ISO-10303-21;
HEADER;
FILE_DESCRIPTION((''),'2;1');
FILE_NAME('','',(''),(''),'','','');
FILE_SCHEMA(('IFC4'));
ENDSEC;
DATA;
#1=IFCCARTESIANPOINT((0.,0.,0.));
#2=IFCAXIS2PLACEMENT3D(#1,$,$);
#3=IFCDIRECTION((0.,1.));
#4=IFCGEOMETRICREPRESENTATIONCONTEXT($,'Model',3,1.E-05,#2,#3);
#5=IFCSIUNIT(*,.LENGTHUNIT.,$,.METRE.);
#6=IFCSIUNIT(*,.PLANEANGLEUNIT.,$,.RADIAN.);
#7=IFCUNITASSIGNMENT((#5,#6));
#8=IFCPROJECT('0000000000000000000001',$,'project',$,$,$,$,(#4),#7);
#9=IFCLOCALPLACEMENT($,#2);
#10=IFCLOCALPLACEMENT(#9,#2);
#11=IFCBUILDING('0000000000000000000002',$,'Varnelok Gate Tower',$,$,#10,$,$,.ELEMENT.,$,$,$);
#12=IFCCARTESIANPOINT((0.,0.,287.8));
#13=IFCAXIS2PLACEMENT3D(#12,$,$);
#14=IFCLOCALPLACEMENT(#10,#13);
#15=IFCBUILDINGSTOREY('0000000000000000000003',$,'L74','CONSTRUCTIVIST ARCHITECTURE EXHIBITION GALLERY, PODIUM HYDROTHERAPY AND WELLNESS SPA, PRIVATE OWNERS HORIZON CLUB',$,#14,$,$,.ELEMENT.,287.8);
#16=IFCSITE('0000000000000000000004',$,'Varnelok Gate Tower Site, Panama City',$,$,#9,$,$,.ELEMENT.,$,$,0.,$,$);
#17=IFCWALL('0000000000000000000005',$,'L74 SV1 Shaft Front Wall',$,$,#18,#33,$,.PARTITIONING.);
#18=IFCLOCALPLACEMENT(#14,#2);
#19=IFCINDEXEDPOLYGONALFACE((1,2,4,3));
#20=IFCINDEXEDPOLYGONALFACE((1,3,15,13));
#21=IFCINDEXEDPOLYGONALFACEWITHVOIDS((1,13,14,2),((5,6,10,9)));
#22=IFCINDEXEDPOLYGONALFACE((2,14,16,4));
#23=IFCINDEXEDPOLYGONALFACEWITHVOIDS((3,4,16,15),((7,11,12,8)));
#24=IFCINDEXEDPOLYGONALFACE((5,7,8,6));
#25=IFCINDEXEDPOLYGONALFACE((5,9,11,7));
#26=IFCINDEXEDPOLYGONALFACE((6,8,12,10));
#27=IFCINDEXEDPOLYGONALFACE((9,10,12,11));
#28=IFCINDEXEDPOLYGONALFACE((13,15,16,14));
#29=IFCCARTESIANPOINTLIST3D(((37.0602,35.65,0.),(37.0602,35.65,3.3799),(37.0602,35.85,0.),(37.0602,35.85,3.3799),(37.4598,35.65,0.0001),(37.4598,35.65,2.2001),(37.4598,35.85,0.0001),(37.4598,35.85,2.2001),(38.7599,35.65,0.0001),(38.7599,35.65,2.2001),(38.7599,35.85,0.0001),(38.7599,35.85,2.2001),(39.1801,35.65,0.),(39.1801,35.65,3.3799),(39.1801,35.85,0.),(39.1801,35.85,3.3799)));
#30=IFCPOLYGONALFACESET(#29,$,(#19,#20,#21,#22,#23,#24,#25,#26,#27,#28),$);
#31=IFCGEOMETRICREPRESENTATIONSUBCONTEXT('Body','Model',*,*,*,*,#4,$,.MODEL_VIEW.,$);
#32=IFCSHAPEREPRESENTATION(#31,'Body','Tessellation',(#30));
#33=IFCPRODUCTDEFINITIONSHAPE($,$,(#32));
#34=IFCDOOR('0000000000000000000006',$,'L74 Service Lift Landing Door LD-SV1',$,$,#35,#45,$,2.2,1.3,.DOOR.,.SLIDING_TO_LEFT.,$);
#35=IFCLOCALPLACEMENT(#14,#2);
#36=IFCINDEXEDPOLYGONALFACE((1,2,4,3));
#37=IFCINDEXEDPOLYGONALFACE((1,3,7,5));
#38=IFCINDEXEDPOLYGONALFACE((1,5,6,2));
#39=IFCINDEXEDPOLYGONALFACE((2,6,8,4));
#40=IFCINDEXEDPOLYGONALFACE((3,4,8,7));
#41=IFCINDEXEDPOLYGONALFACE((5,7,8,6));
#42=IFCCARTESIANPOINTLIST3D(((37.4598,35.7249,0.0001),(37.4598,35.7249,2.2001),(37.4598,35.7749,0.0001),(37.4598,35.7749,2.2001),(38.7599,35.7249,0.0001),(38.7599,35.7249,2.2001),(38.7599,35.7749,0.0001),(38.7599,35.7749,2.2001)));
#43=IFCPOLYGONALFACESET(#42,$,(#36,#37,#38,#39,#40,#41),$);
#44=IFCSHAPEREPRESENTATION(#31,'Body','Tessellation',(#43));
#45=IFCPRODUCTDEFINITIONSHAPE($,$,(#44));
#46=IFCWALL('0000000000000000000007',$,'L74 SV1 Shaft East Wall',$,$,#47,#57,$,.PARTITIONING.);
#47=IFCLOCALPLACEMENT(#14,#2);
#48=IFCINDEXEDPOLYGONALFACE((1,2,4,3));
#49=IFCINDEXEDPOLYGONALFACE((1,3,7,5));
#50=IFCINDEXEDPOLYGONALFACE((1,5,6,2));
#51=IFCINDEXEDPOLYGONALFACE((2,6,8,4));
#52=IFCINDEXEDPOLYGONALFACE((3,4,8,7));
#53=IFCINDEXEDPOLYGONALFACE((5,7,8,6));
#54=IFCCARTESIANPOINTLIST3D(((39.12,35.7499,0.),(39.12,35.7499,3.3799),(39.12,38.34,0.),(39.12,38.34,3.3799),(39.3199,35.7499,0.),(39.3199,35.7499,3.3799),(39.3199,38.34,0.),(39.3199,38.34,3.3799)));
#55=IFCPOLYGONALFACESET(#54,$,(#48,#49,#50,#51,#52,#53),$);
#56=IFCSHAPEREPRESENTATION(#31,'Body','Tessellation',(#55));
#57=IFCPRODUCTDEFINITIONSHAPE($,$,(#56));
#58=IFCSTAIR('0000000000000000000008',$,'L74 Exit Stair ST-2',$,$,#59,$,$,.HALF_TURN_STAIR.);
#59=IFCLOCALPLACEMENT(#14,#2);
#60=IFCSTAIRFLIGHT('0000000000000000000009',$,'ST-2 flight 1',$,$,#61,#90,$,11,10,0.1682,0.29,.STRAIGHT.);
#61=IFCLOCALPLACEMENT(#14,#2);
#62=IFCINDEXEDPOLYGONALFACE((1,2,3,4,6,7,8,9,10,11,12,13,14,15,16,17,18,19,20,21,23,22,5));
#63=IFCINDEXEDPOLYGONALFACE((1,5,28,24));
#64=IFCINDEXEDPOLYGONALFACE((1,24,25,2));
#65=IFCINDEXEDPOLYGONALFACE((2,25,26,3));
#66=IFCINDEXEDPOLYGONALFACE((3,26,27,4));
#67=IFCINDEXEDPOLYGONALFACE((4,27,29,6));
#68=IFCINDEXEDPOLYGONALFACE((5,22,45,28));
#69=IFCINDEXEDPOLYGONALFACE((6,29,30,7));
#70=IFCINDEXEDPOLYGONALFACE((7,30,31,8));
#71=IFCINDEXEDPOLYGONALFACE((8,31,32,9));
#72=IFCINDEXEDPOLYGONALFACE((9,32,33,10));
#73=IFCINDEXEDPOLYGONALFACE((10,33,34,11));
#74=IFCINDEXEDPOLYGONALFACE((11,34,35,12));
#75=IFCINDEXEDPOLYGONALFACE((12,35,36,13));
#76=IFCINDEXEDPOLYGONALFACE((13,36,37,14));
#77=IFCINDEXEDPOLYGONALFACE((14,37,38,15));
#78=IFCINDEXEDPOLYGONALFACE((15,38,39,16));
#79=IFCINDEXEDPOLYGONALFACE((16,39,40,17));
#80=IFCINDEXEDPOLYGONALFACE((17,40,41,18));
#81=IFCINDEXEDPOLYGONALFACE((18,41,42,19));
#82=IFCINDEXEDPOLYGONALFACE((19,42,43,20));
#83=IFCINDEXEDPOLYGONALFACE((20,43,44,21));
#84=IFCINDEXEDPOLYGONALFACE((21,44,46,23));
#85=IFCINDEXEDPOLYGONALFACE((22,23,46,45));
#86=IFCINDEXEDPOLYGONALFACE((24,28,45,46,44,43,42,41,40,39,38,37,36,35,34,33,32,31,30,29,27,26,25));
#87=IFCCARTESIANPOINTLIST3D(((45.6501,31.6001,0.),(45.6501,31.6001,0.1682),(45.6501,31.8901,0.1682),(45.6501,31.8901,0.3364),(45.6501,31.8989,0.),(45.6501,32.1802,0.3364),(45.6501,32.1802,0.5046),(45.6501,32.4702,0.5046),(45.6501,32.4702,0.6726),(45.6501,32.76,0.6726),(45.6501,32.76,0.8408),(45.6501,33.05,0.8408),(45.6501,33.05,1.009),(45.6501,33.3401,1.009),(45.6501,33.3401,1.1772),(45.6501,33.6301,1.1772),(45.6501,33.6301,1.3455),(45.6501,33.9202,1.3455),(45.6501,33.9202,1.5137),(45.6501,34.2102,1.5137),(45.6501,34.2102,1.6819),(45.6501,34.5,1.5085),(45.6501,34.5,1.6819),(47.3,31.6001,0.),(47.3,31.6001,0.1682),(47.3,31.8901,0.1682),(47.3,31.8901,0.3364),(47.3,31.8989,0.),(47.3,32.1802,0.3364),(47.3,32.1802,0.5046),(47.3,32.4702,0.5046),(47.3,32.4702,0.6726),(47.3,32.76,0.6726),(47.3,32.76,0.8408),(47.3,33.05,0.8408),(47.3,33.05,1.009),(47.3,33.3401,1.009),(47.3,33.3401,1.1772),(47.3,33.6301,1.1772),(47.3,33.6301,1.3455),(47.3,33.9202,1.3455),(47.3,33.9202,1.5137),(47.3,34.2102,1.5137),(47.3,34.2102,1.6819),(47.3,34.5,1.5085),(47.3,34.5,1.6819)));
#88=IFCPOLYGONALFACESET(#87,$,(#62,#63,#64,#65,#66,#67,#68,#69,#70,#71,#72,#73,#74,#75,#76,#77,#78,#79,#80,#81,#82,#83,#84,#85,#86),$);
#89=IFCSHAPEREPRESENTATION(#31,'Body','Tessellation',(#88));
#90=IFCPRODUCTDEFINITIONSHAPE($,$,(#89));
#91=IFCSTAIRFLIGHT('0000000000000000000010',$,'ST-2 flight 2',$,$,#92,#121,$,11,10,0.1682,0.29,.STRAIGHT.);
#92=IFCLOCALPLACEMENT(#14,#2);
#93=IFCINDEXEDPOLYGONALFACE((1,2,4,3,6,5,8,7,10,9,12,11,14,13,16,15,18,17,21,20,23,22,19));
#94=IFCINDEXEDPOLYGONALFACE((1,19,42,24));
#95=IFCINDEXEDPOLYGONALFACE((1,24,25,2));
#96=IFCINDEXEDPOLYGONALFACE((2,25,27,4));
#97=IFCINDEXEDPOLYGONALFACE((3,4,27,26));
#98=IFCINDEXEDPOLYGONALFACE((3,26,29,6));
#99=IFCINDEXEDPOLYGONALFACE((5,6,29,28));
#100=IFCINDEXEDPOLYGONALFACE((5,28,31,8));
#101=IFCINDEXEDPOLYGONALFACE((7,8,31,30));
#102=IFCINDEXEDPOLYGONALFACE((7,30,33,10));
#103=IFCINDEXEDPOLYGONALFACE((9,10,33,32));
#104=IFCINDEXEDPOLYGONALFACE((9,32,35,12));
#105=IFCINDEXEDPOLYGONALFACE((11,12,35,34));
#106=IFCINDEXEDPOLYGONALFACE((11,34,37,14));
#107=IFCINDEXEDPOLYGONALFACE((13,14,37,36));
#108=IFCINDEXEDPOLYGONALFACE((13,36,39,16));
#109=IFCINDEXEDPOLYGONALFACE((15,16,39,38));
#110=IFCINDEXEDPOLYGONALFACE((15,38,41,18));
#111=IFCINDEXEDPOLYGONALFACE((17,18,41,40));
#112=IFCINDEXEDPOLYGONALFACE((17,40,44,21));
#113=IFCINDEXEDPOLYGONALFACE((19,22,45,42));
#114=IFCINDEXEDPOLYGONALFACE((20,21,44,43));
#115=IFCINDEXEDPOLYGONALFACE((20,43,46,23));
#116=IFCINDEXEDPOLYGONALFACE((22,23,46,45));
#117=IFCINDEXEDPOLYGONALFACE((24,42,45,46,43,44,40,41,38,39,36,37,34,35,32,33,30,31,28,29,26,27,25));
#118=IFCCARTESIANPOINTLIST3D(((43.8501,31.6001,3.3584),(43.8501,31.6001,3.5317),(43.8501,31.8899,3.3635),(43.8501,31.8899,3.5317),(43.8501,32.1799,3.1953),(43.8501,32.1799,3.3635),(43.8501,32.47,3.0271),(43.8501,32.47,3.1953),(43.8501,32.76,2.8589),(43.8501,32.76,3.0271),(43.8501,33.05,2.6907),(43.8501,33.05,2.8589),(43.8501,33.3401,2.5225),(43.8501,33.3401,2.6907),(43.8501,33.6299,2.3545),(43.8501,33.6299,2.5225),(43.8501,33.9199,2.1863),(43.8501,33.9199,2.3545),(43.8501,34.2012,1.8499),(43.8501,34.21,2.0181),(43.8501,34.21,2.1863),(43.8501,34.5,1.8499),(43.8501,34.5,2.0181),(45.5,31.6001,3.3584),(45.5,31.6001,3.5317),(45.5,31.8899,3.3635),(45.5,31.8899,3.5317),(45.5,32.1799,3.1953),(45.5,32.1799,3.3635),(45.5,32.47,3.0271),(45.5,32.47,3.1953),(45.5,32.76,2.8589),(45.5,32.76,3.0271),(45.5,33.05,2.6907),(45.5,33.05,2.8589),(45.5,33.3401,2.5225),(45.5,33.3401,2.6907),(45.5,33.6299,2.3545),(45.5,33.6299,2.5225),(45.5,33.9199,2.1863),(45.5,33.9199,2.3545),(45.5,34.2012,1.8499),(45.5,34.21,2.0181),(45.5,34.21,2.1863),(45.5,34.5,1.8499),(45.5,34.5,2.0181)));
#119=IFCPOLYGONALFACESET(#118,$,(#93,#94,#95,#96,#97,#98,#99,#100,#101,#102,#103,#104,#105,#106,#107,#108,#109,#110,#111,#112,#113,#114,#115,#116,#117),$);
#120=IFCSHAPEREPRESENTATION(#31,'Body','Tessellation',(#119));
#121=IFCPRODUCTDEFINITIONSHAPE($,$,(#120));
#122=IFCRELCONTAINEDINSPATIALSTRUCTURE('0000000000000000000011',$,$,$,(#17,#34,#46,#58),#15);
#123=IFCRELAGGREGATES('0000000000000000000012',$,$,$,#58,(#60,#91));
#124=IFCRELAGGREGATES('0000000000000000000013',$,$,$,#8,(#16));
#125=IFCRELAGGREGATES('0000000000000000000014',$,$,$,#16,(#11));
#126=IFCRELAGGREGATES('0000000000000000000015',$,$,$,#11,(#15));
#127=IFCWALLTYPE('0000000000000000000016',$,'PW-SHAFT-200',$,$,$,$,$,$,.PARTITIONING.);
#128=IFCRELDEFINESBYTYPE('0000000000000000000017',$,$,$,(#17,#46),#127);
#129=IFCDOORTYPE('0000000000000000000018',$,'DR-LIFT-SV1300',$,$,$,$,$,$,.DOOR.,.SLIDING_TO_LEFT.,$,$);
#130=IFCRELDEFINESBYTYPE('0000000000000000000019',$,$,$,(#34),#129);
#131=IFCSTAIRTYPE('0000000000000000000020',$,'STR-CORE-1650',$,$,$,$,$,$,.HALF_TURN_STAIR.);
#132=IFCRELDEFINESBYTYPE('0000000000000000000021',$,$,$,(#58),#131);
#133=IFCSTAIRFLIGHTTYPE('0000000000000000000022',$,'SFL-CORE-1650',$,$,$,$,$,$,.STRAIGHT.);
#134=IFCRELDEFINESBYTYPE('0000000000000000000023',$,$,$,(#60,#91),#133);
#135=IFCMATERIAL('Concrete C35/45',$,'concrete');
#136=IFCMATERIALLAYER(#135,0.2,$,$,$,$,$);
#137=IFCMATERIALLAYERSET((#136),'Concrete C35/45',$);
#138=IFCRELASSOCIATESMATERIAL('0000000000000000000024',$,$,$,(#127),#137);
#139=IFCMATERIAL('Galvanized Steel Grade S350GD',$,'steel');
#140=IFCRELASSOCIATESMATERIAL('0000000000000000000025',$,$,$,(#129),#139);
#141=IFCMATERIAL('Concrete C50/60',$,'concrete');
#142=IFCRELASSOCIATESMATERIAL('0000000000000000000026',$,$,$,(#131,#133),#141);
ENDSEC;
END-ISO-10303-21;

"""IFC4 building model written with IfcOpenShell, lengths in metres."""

from ifc_helpers import new_model, si_unit, direction, frame, frame_2d, origin, place, context, subcontext, project, spatial, polyline, rectangle, outline, extrude, material, layer, layer_set, type_object, element, fill, aggregate, save


model = new_model("IFC4")

# Units and contexts
model_context = context("Model", 3, precision=1e-05, world=origin(), true_north=direction((0.0, 1.0)))
body_context = subcontext(model_context, "Body", "Model", "MODEL_VIEW")
ifc_project = project(units=[si_unit("LENGTHUNIT", "METRE"), si_unit("PLANEANGLEUNIT", "RADIAN")], contexts=[model_context])

# Site, building, storey
site_placement = place(None, origin())
site = spatial("IfcSite", under=ifc_project, at=site_placement, Name="Varnelok Gate Tower Site, Panama City", CompositionType="ELEMENT", RefElevation=0.0)
building_placement = place(site_placement, origin())
building = spatial("IfcBuilding", under=site, at=building_placement, Name="Varnelok Gate Tower", CompositionType="ELEMENT")
storey_placement = place(building_placement, frame((0.0, 0.0, 287.8)))
storey = spatial("IfcBuildingStorey", under=building, at=storey_placement, Name="L74", Description="CONSTRUCTIVIST ARCHITECTURE EXHIBITION GALLERY, PODIUM HYDROTHERAPY AND WELLNESS SPA, PRIVATE OWNERS HORIZON CLUB", CompositionType="ELEMENT", Elevation=287.8)

# Shared definitions
ifc_material_1 = material(Name="Concrete C50/60", Category="concrete")

# Shared definitions
ifc_material_2 = material(Name="Galvanized Steel Grade S350GD", Category="steel")

# Shared definitions
ifc_material_3 = material(Name="Concrete C35/45", Category="concrete")
ifc_layer_1 = layer(ifc_material_3, 0.2)
ifc_layer_set_1 = layer_set([ifc_layer_1], Name="Concrete C35/45")
wall_type_1 = type_object("IfcWallType", Name="PW-SHAFT-200", PredefinedType="PARTITIONING", material=ifc_layer_set_1)

# Wall, opening, door
wall_1_placement = place(storey_placement, frame((37.0601, 35.75, 0.0), z_axis=(0.0, 0.0, 1.0), x_axis=(1.0, 0.0, 0.0)))
wall_1 = element("IfcWall", 1, at=wall_1_placement, inside=storey, type_object=wall_type_1, Name="L74 SV1 Shaft Front Wall", PredefinedType="PARTITIONING", context=body_context, shape_type="SweptSolid", body=[
    extrude(rectangle(XDim=2.1199, YDim=0.2, at=frame_2d((1.0601, 0.0))), origin(), (0.0, 0.0, 1.0), 3.3799),
])
opening_1_placement = place(wall_1_placement, frame((0.3999, 0.0, 0.0)))
opening_1 = element("IfcOpeningElement", 2, at=opening_1_placement, cuts=wall_1, PredefinedType="OPENING", context=body_context, shape_type="SweptSolid", body=[
    extrude(rectangle(XDim=1.3, YDim=2.2, at=frame_2d((0.6499, 1.1001))), frame((0.0, 0.1099, 0.0), z_axis=(0.0, -1.0, 0.0), x_axis=(1.0, 0.0, 0.0)), (0.0, 0.0, 1.0), 0.22),
])
door_type_1 = type_object("IfcDoorType", Name="DR-LIFT-SV1300", OperationType="SLIDING_TO_LEFT", PredefinedType="DOOR", material=ifc_material_2)
door_1_placement = place(opening_1_placement, origin())
door_1 = element("IfcDoor", 3, at=door_1_placement, inside=storey, type_object=door_type_1, Name="L74 Service Lift Landing Door LD-SV1", OperationType="SLIDING_TO_LEFT", OverallHeight=2.2, OverallWidth=1.3, PredefinedType="DOOR", context=body_context, shape_type="SweptSolid", body=[
    extrude(rectangle(XDim=1.3, YDim=2.2, at=frame_2d((0.6499, 1.1001))), frame((0.0, 0.0249, 0.0), z_axis=(0.0, -1.0, 0.0), x_axis=(1.0, 0.0, 0.0)), (0.0, 0.0, 1.0), 0.05),
])
fill(opening_1, door_1)

# Wall
wall_2_placement = place(storey_placement, frame((39.22, 35.75, 0.0), z_axis=(0.0, 0.0, 1.0), x_axis=(0.0, 1.0, 0.0)))
element("IfcWall", 4, at=wall_2_placement, inside=storey, type_object=wall_type_1, Name="L74 SV1 Shaft East Wall", PredefinedType="PARTITIONING", context=body_context, shape_type="SweptSolid", body=[
    extrude(rectangle(XDim=2.5901, YDim=0.2, at=frame_2d((1.2949, 0.0))), origin(), (0.0, 0.0, 1.0), 3.3799),
])

# Stair, stair flights
stair_type = type_object("IfcStairType", Name="STR-CORE-1650", PredefinedType="HALF_TURN_STAIR", material=ifc_material_1)
stair_placement = place(storey_placement, origin())
stair = element("IfcStair", 5, at=stair_placement, inside=storey, type_object=stair_type, Name="L74 Exit Stair ST-2", PredefinedType="HALF_TURN_STAIR")
stair_flight_type = type_object("IfcStairFlightType", Name="SFL-CORE-1650", PredefinedType="STRAIGHT", material=ifc_material_1)
stair_flight_1_placement = place(storey_placement, frame((46.4751, 31.6001, 0.0), z_axis=(0.0, 0.0, 1.0), x_axis=(0.0, 1.0, 0.0)))
stair_flight_1 = element("IfcStairFlight", 6, at=stair_flight_1_placement, type_object=stair_flight_type, Name="ST-2 flight 1", NumberOfRisers=11, NumberOfTreads=10, PredefinedType="STRAIGHT", RiserHeight=0.1682, TreadLength=0.29, context=body_context, shape_type="SweptSolid", body=[
    extrude(outline(polyline([(0.0, 0.0), (0.0, 0.1682), (0.29, 0.1682), (0.29, 0.3364), (0.5801, 0.3364), (0.5801, 0.5046), (0.8701, 0.5046), (0.8701, 0.6726), (1.1599, 0.6726), (1.1599, 0.8408), (1.45, 0.8408), (1.45, 1.009), (1.74, 1.009), (1.74, 1.1772), (2.03, 1.1772), (2.03, 1.3455), (2.3201, 1.3455), (2.3201, 1.5137), (2.6101, 1.5137), (2.6101, 1.6819), (2.8999, 1.6819), (2.8999, 1.8501), (2.8999, 1.5085), (0.2988, 0.0), (0.0, 0.0)])), frame((0.0, 0.825, 0.0), z_axis=(0.0, -1.0, 0.0), x_axis=(1.0, 0.0, 0.0)), (0.0, 0.0, 1.0), 1.6499),
])
stair_flight_2_placement = place(storey_placement, frame((44.675, 34.5, 1.8499), z_axis=(0.0, 0.0, 1.0), x_axis=(0.0, -1.0, 0.0)))
stair_flight_2 = element("IfcStairFlight", 7, at=stair_flight_2_placement, type_object=stair_flight_type, Name="ST-2 flight 2", NumberOfRisers=11, NumberOfTreads=10, PredefinedType="STRAIGHT", RiserHeight=0.1682, TreadLength=0.29, context=body_context, shape_type="SweptSolid", body=[
    extrude(outline(polyline([(0.0, 0.0), (0.0, 0.1682), (0.29, 0.1682), (0.29, 0.3364), (0.5801, 0.3364), (0.5801, 0.5046), (0.8701, 0.5046), (0.8701, 0.6726), (1.1599, 0.6726), (1.1599, 0.8408), (1.45, 0.8408), (1.45, 1.009), (1.74, 1.009), (1.74, 1.1772), (2.03, 1.1772), (2.03, 1.3455), (2.3201, 1.3455), (2.3201, 1.5137), (2.6101, 1.5137), (2.6101, 1.6819), (2.8999, 1.6819), (2.8999, 1.8501), (2.8999, 1.5085), (0.2988, 0.0), (0.0, 0.0)])), frame((0.0, 0.825, 0.0), z_axis=(0.0, -1.0, 0.0), x_axis=(1.0, 0.0, 0.0)), (0.0, 0.0, 1.0), 1.6499),
])
aggregate(stair, [stair_flight_1, stair_flight_2])

save(model, "model.ifc")
